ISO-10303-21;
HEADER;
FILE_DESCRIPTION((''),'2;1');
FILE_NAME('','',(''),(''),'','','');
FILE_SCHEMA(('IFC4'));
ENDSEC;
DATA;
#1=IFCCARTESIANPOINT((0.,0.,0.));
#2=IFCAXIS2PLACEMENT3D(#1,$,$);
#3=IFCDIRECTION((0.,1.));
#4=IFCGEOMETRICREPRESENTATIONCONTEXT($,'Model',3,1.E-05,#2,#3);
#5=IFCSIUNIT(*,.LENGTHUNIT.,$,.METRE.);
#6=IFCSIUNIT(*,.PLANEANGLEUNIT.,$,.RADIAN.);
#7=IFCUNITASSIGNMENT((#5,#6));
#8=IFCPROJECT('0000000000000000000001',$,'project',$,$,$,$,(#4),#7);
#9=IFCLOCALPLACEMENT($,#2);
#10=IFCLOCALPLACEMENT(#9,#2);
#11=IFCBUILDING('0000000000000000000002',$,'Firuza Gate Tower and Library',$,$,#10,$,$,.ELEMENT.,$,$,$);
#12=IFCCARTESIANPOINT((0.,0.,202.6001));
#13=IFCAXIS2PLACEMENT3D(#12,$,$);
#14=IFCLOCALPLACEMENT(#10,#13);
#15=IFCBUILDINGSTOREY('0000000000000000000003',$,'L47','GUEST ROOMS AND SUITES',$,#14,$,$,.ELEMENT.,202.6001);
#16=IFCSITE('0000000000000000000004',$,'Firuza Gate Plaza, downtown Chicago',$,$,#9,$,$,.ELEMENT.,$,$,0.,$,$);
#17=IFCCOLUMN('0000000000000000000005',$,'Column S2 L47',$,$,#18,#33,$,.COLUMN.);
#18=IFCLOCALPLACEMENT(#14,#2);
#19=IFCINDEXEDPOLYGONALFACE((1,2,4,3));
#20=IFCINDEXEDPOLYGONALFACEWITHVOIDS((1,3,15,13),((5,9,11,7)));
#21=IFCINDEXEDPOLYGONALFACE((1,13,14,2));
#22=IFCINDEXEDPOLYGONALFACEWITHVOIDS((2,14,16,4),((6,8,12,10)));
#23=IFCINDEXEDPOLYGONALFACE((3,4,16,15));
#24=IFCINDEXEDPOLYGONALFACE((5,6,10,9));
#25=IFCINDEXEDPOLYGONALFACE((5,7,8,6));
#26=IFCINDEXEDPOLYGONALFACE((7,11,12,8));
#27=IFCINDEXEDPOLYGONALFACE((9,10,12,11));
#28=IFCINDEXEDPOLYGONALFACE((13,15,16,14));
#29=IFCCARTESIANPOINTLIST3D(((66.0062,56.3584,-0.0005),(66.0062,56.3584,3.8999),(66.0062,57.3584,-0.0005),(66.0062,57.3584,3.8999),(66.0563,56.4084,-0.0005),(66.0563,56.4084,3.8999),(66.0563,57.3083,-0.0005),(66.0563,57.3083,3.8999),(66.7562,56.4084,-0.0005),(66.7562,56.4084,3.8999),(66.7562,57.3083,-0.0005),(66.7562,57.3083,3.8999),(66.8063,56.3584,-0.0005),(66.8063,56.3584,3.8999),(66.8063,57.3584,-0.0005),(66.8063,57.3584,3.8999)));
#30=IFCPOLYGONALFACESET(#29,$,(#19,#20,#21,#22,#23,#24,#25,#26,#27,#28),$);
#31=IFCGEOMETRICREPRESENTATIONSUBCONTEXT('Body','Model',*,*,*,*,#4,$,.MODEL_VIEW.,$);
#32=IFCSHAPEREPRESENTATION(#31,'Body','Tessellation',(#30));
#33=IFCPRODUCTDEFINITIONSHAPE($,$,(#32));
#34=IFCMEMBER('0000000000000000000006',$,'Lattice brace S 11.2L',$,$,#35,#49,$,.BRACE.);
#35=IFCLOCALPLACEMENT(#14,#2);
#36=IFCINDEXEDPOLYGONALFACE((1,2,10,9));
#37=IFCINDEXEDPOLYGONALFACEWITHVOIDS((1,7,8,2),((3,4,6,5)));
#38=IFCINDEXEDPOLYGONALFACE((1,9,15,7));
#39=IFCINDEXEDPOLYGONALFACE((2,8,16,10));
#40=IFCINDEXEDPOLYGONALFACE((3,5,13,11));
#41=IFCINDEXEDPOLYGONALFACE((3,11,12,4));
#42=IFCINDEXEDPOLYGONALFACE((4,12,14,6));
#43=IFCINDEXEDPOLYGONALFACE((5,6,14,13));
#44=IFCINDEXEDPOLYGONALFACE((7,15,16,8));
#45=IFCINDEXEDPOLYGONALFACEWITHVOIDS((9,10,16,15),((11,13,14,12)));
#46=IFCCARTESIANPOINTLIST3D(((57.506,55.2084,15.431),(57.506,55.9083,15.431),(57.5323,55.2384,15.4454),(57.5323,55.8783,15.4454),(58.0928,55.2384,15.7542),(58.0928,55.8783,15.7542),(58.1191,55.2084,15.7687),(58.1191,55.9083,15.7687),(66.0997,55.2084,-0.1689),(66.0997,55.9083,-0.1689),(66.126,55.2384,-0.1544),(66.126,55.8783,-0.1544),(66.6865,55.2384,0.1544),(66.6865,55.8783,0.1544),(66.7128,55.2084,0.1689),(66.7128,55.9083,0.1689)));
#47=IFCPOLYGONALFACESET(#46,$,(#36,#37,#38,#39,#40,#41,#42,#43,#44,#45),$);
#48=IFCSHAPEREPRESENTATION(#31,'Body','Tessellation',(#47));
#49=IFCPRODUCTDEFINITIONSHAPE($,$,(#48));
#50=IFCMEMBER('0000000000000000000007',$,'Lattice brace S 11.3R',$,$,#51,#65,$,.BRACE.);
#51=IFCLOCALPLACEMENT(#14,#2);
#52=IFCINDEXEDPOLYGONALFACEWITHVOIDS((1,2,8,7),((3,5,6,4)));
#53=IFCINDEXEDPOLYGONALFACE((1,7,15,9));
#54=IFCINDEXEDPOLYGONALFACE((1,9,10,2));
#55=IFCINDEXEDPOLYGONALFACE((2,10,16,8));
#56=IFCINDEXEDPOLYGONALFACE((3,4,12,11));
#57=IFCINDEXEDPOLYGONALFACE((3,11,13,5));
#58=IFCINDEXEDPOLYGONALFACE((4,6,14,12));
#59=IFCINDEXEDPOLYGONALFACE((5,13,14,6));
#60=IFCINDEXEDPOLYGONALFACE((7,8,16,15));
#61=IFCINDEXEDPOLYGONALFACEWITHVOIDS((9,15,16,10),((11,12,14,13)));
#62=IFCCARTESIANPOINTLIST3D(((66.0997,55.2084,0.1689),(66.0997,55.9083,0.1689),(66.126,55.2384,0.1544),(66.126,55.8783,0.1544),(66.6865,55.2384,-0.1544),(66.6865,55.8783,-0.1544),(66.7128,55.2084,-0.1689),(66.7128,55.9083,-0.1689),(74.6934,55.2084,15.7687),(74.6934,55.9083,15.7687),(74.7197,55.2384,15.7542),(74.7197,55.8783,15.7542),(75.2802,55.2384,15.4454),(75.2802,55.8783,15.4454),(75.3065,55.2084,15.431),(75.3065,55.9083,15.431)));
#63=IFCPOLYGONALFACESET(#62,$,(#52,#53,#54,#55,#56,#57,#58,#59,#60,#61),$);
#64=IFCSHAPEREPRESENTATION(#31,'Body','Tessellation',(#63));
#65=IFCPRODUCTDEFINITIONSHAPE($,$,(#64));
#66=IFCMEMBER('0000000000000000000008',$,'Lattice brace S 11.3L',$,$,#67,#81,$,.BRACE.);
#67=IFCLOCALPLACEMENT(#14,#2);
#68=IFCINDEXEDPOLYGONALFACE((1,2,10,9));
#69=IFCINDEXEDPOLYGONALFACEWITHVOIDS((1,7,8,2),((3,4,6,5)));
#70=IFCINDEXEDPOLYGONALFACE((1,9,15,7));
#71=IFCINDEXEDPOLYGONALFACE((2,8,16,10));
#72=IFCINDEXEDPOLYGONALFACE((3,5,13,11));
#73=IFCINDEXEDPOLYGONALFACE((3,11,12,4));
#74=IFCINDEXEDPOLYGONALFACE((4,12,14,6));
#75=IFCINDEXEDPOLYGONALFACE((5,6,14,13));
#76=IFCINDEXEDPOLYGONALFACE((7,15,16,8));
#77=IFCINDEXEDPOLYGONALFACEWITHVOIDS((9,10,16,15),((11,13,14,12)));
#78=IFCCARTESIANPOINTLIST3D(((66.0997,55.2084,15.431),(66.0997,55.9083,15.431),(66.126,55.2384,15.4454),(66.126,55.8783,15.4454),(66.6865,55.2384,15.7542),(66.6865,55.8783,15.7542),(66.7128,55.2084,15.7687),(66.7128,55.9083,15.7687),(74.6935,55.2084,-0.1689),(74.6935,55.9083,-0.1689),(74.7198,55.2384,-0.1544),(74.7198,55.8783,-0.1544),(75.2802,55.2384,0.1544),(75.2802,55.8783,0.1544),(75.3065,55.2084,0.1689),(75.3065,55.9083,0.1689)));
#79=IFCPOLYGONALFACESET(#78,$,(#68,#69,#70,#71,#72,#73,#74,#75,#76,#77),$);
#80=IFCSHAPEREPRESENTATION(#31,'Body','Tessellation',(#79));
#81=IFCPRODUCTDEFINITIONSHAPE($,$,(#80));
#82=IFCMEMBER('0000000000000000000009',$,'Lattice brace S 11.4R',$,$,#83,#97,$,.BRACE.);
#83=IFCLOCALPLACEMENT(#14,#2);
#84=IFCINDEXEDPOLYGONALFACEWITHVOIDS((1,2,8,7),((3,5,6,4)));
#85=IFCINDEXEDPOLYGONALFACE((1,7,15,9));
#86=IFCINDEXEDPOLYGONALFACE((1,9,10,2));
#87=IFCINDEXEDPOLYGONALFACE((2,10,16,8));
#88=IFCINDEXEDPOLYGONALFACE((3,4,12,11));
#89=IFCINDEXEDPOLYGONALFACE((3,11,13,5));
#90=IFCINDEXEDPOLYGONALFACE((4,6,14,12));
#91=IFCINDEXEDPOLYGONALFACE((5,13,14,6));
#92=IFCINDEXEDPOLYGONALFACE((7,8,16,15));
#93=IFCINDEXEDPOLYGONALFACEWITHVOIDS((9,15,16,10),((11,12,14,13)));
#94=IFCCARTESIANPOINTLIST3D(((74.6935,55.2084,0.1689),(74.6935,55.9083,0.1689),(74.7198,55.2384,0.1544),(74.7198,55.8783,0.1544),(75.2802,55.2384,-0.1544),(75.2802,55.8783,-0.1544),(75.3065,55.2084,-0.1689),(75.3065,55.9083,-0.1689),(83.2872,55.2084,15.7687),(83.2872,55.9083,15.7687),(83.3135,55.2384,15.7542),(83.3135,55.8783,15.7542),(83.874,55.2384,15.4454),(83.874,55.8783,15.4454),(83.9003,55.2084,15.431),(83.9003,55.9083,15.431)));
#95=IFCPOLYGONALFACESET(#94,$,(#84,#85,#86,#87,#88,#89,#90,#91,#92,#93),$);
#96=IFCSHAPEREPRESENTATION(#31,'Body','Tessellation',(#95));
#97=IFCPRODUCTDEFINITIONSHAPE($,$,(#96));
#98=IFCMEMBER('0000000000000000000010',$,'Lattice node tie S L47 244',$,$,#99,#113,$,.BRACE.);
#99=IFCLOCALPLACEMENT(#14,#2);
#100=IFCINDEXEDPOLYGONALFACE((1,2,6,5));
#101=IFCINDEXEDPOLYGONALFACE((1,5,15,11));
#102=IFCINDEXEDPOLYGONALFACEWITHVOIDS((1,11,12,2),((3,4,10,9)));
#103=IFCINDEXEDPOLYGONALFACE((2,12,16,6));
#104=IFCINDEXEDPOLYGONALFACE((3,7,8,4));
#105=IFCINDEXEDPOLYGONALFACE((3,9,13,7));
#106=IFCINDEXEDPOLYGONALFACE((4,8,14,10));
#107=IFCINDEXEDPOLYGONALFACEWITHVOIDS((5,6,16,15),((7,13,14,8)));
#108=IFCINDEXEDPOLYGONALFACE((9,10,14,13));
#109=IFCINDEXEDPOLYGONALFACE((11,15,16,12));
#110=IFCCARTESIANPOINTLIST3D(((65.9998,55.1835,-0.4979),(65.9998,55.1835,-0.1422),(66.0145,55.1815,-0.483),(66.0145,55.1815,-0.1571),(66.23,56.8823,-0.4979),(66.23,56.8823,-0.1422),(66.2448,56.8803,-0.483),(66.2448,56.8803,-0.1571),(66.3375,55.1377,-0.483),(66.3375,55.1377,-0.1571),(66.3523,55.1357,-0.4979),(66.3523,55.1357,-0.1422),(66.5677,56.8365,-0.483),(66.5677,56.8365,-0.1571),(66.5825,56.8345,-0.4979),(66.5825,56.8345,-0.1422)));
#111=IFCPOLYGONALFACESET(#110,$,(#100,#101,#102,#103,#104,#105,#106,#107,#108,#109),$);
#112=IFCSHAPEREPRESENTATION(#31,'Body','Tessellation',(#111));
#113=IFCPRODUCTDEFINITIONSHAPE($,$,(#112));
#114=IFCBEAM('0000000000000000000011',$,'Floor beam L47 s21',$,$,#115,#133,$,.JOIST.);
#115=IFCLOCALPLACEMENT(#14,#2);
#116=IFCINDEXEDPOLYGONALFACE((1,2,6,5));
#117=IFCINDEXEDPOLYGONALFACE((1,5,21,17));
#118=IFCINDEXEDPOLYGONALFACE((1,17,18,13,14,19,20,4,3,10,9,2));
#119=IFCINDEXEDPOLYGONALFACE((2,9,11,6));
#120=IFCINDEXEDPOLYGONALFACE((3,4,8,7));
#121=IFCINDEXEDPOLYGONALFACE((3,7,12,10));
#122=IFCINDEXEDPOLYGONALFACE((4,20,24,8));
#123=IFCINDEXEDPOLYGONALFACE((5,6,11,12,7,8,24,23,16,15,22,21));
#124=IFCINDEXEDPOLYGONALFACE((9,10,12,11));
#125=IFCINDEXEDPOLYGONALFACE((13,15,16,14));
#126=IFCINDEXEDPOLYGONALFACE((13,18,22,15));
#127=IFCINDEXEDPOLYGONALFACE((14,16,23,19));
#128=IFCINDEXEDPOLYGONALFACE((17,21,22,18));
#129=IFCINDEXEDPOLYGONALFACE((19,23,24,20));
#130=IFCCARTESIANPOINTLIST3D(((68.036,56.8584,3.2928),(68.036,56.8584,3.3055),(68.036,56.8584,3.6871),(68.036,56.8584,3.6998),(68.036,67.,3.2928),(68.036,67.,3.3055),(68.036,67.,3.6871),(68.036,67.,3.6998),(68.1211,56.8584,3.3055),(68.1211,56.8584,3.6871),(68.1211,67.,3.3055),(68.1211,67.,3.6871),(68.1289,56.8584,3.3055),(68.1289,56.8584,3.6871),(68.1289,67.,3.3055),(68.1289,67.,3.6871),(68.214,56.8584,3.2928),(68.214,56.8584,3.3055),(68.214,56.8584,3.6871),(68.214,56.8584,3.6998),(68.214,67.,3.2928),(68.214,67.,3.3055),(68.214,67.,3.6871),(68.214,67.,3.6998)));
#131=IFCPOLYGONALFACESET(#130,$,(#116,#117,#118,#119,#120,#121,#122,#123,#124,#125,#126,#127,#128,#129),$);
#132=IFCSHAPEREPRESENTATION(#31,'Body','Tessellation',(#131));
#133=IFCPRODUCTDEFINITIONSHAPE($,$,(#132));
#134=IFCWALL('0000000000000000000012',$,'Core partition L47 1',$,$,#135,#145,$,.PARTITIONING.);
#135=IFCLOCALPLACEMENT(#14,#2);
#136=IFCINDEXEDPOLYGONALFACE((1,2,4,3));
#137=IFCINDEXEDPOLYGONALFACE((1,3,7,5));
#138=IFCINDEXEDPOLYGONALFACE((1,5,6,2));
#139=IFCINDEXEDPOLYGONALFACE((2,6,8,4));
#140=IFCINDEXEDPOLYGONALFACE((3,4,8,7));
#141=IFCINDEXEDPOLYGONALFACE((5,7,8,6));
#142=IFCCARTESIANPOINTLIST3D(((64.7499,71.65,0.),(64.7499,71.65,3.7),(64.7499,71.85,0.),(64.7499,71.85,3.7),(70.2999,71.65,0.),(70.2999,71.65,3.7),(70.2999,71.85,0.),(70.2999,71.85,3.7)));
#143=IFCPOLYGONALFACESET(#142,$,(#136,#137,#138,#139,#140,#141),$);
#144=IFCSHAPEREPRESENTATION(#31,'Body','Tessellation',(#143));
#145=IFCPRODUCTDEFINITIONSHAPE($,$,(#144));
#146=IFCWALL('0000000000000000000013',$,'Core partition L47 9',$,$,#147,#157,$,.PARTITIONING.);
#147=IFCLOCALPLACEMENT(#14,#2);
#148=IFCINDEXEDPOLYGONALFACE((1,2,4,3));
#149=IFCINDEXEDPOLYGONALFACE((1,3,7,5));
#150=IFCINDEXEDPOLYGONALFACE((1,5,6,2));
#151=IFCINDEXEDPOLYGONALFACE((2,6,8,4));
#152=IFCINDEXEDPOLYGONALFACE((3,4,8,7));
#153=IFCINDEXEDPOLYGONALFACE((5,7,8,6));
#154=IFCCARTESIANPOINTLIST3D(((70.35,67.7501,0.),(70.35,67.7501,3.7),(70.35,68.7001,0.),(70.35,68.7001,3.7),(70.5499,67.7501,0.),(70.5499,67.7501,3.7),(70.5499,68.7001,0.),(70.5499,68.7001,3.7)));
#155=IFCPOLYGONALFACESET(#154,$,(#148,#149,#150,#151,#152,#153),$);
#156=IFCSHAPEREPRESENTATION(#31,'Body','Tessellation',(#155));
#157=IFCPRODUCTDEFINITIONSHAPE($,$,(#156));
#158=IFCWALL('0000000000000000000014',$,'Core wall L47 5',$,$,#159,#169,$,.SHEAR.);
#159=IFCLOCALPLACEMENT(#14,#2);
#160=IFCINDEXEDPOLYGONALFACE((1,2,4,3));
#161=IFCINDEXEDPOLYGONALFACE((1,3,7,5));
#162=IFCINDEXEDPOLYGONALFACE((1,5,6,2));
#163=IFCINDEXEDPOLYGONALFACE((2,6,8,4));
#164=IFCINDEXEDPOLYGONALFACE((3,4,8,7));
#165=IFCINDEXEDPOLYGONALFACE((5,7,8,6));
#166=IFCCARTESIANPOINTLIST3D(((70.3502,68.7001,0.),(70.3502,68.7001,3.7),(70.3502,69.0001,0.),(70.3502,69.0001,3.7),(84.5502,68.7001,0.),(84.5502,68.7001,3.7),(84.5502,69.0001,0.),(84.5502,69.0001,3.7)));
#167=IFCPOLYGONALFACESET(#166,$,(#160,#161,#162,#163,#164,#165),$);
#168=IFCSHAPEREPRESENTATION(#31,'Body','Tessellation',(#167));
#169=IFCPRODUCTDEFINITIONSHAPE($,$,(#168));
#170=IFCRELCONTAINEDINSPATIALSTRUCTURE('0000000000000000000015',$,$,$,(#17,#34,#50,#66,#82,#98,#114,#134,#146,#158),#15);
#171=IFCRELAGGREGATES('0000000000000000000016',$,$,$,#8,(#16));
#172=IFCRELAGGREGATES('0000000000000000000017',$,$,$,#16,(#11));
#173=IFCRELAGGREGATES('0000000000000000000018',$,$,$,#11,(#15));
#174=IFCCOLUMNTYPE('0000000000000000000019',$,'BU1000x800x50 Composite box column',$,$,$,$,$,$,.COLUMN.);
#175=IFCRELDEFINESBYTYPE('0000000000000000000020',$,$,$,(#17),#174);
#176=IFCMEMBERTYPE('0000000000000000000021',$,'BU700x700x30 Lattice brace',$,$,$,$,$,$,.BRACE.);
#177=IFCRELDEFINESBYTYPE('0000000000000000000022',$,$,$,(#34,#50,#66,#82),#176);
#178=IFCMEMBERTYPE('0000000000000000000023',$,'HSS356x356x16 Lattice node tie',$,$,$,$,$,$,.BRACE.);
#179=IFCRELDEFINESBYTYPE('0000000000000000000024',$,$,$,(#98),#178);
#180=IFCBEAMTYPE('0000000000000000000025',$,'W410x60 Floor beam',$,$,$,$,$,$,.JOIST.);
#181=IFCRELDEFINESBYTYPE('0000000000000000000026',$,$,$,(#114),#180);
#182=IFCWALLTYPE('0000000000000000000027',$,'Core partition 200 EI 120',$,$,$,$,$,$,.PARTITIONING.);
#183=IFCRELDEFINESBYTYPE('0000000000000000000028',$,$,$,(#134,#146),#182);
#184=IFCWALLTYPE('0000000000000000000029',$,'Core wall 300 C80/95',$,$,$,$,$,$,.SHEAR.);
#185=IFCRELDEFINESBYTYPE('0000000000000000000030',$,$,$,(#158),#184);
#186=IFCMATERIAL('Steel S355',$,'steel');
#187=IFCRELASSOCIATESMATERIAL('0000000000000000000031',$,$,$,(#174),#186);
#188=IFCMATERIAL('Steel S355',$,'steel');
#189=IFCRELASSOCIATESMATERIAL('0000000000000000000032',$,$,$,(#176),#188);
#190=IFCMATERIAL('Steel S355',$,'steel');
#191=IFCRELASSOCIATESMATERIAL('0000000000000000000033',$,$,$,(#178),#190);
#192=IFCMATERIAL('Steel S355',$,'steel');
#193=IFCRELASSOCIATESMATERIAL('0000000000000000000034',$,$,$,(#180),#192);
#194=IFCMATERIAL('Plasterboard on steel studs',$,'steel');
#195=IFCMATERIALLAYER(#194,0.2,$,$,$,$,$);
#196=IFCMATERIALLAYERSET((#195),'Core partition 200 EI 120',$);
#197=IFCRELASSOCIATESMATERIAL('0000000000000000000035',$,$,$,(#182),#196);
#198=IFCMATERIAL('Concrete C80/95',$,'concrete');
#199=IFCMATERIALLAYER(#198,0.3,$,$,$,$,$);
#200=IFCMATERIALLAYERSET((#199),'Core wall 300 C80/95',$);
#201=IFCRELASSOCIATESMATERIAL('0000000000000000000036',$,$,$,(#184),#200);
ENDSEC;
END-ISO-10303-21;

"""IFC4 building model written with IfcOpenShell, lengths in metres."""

from ifc_helpers import new_model, si_unit, direction, frame, frame_2d, origin, origin_2d, place, context, subcontext, project, spatial, rectangle, hollow_rectangle, i_section, extrude, material, layer, layer_set, material_profile, profile_set, type_object, element, save


model = new_model("IFC4")

# Units and contexts
model_context = context("Model", 3, precision=1e-05, world=origin(), true_north=direction((0.0, 1.0)))
body_context = subcontext(model_context, "Body", "Model", "MODEL_VIEW")
ifc_project = project(units=[si_unit("LENGTHUNIT", "METRE"), si_unit("PLANEANGLEUNIT", "RADIAN")], contexts=[model_context])

# Site, building, storey
site_placement = place(None, origin())
site = spatial("IfcSite", under=ifc_project, at=site_placement, Name="Firuza Gate Plaza, downtown Chicago", CompositionType="ELEMENT", RefElevation=0.0)
building_placement = place(site_placement, origin())
building = spatial("IfcBuilding", under=site, at=building_placement, Name="Firuza Gate Tower and Library", CompositionType="ELEMENT")
storey_placement = place(building_placement, frame((0.0, 0.0, 202.6001)))
storey = spatial("IfcBuildingStorey", under=building, at=storey_placement, Name="L47", Description="GUEST ROOMS AND SUITES", CompositionType="ELEMENT", Elevation=202.6001)

# Column
ifc_material_1 = material(Name="Steel S355", Category="steel")
ifc_material_profile_1 = material_profile(ifc_material_1, hollow_rectangle(XDim=0.8, YDim=1.0, WallThickness=0.05, at=origin_2d()))
ifc_profile_set_1 = profile_set([ifc_material_profile_1], Name="Steel S355")
column_type = type_object("IfcColumnType", Name="BU1000x800x50 Composite box column", PredefinedType="COLUMN", material=ifc_profile_set_1)
column_placement = place(storey_placement, frame((66.4062, 56.8584, -0.0005), z_axis=(0.0, 0.0, 1.0), x_axis=(1.0, 0.0, 0.0)))
element("IfcColumn", 1, at=column_placement, inside=storey, type_object=column_type, Name="Column S2 L47", PredefinedType="COLUMN", context=body_context, shape_type="SweptSolid", body=[
    extrude(hollow_rectangle(XDim=0.8, YDim=1.0, WallThickness=0.05, at=origin_2d()), origin(), (0.0, 0.0, 1.0), 3.9004),
])

# Members
ifc_material_2 = material(Name="Steel S355", Category="steel")
ifc_material_profile_2 = material_profile(ifc_material_2, hollow_rectangle(XDim=0.7, YDim=0.7, WallThickness=0.03, at=origin_2d()))
ifc_profile_set_2 = profile_set([ifc_material_profile_2], Name="Steel S355")
member_type_1 = type_object("IfcMemberType", Name="BU700x700x30 Lattice brace", PredefinedType="BRACE", material=ifc_profile_set_2)
for number, where, z_axis, x_axis, name in (
    (2, (66.4062, 55.5583, 0.0), (-0.482515, 0.0, 0.875888), (0.0, -1.0, 0.0), "Lattice brace S 11.2L"),
    (3, (66.4062, 55.5583, 0.0), (0.482515, 0.0, 0.875888), (0.0, 1.0, 0.0), "Lattice brace S 11.3R"),
    (4, (75.0, 55.5583, 0.0), (-0.482515, 0.0, 0.875888), (0.0, -1.0, 0.0), "Lattice brace S 11.3L"),
    (5, (75.0, 55.5583, 0.0), (0.482515, 0.0, 0.875888), (0.0, 1.0, 0.0), "Lattice brace S 11.4R"),
):
    element("IfcMember", number, at=place(storey_placement, frame(where, z_axis=z_axis, x_axis=x_axis)), inside=storey, type_object=member_type_1, Name=name, PredefinedType="BRACE", context=body_context, shape_type="SweptSolid", body=[
        extrude(hollow_rectangle(XDim=0.7, YDim=0.7, WallThickness=0.03, at=origin_2d()), origin(), (0.0, 0.0, 1.0), 17.8103),
    ])
ifc_material_3 = material(Name="Steel S355", Category="steel")
ifc_material_profile_3 = material_profile(ifc_material_3, hollow_rectangle(XDim=0.3557, YDim=0.3557, WallThickness=0.0149, at=origin_2d()))
ifc_profile_set_3 = profile_set([ifc_material_profile_3], Name="Steel S355")
member_type_2 = type_object("IfcMemberType", Name="HSS356x356x16 Lattice node tie", PredefinedType="BRACE", material=ifc_profile_set_3)
member_placement = place(storey_placement, frame((66.4062, 56.8584, -0.3201), z_axis=(-0.1343, -0.990941, 0.0), x_axis=(0.990941, -0.1343, 0.0)))
element("IfcMember", 6, at=member_placement, inside=storey, type_object=member_type_2, Name="Lattice node tie S L47 244", PredefinedType="BRACE", context=body_context, shape_type="SweptSolid", body=[
    extrude(hollow_rectangle(XDim=0.3557, YDim=0.3557, WallThickness=0.0149, at=origin_2d()), origin(), (0.0, 0.0, 1.0), 1.7144),
])

# Beam
ifc_material_4 = material(Name="Steel S355", Category="steel")
ifc_material_profile_4 = material_profile(ifc_material_4, i_section(OverallWidth=0.178, OverallDepth=0.407, WebThickness=0.0078, FlangeThickness=0.0127, at=origin_2d()))
ifc_profile_set_4 = profile_set([ifc_material_profile_4], Name="Steel S355")
beam_type = type_object("IfcBeamType", Name="W410x60 Floor beam", PredefinedType="JOIST", material=ifc_profile_set_4)
beam_placement = place(storey_placement, frame((68.125, 56.8584, 3.4963), z_axis=(0.0, 1.0, 0.0), x_axis=(-1.0, 0.0, 0.0)))
element("IfcBeam", 7, at=beam_placement, inside=storey, type_object=beam_type, Name="Floor beam L47 s21", PredefinedType="JOIST", context=body_context, shape_type="SweptSolid", body=[
    extrude(i_section(OverallWidth=0.178, OverallDepth=0.407, WebThickness=0.0078, FlangeThickness=0.0127, at=origin_2d()), origin(), (0.0, 0.0, 1.0), 10.1416),
])

# Walls
ifc_material_5 = material(Name="Plasterboard on steel studs", Category="steel")
ifc_layer_1 = layer(ifc_material_5, 0.2)
ifc_layer_set_1 = layer_set([ifc_layer_1], Name="Core partition 200 EI 120")
wall_type_1 = type_object("IfcWallType", Name="Core partition 200 EI 120", PredefinedType="PARTITIONING", material=ifc_layer_set_1)
wall_1_placement = place(storey_placement, frame((64.75, 71.75, 0.0), z_axis=(0.0, 0.0, 1.0), x_axis=(1.0, 0.0, 0.0)))
element("IfcWall", 8, at=wall_1_placement, inside=storey, type_object=wall_type_1, Name="Core partition L47 1", PredefinedType="PARTITIONING", context=body_context, shape_type="SweptSolid", body=[
    extrude(rectangle(XDim=5.55, YDim=0.2, at=frame_2d((2.7749, 0.0))), origin(), (0.0, 0.0, 1.0), 3.7),
])
wall_2_placement = place(storey_placement, frame((70.45, 67.75, 0.0), z_axis=(0.0, 0.0, 1.0), x_axis=(0.0, 1.0, 0.0)))
element("IfcWall", 9, at=wall_2_placement, inside=storey, type_object=wall_type_1, Name="Core partition L47 9", PredefinedType="PARTITIONING", context=body_context, shape_type="SweptSolid", body=[
    extrude(rectangle(XDim=0.95, YDim=0.2, at=frame_2d((0.4751, 0.0))), origin(), (0.0, 0.0, 1.0), 3.7),
])
ifc_material_6 = material(Name="Concrete C80/95", Category="concrete")
ifc_layer_2 = layer(ifc_material_6, 0.3)
ifc_layer_set_2 = layer_set([ifc_layer_2], Name="Core wall 300 C80/95")
wall_type_2 = type_object("IfcWallType", Name="Core wall 300 C80/95", PredefinedType="SHEAR", material=ifc_layer_set_2)
wall_3_placement = place(storey_placement, frame((70.3501, 68.8501, 0.0), z_axis=(0.0, 0.0, 1.0), x_axis=(1.0, 0.0, 0.0)))
element("IfcWall", 10, at=wall_3_placement, inside=storey, type_object=wall_type_2, Name="Core wall L47 5", PredefinedType="SHEAR", context=body_context, shape_type="SweptSolid", body=[
    extrude(rectangle(XDim=14.2, YDim=0.3, at=frame_2d((7.1001, 0.0))), origin(), (0.0, 0.0, 1.0), 3.7),
])

save(model, "model.ifc")
